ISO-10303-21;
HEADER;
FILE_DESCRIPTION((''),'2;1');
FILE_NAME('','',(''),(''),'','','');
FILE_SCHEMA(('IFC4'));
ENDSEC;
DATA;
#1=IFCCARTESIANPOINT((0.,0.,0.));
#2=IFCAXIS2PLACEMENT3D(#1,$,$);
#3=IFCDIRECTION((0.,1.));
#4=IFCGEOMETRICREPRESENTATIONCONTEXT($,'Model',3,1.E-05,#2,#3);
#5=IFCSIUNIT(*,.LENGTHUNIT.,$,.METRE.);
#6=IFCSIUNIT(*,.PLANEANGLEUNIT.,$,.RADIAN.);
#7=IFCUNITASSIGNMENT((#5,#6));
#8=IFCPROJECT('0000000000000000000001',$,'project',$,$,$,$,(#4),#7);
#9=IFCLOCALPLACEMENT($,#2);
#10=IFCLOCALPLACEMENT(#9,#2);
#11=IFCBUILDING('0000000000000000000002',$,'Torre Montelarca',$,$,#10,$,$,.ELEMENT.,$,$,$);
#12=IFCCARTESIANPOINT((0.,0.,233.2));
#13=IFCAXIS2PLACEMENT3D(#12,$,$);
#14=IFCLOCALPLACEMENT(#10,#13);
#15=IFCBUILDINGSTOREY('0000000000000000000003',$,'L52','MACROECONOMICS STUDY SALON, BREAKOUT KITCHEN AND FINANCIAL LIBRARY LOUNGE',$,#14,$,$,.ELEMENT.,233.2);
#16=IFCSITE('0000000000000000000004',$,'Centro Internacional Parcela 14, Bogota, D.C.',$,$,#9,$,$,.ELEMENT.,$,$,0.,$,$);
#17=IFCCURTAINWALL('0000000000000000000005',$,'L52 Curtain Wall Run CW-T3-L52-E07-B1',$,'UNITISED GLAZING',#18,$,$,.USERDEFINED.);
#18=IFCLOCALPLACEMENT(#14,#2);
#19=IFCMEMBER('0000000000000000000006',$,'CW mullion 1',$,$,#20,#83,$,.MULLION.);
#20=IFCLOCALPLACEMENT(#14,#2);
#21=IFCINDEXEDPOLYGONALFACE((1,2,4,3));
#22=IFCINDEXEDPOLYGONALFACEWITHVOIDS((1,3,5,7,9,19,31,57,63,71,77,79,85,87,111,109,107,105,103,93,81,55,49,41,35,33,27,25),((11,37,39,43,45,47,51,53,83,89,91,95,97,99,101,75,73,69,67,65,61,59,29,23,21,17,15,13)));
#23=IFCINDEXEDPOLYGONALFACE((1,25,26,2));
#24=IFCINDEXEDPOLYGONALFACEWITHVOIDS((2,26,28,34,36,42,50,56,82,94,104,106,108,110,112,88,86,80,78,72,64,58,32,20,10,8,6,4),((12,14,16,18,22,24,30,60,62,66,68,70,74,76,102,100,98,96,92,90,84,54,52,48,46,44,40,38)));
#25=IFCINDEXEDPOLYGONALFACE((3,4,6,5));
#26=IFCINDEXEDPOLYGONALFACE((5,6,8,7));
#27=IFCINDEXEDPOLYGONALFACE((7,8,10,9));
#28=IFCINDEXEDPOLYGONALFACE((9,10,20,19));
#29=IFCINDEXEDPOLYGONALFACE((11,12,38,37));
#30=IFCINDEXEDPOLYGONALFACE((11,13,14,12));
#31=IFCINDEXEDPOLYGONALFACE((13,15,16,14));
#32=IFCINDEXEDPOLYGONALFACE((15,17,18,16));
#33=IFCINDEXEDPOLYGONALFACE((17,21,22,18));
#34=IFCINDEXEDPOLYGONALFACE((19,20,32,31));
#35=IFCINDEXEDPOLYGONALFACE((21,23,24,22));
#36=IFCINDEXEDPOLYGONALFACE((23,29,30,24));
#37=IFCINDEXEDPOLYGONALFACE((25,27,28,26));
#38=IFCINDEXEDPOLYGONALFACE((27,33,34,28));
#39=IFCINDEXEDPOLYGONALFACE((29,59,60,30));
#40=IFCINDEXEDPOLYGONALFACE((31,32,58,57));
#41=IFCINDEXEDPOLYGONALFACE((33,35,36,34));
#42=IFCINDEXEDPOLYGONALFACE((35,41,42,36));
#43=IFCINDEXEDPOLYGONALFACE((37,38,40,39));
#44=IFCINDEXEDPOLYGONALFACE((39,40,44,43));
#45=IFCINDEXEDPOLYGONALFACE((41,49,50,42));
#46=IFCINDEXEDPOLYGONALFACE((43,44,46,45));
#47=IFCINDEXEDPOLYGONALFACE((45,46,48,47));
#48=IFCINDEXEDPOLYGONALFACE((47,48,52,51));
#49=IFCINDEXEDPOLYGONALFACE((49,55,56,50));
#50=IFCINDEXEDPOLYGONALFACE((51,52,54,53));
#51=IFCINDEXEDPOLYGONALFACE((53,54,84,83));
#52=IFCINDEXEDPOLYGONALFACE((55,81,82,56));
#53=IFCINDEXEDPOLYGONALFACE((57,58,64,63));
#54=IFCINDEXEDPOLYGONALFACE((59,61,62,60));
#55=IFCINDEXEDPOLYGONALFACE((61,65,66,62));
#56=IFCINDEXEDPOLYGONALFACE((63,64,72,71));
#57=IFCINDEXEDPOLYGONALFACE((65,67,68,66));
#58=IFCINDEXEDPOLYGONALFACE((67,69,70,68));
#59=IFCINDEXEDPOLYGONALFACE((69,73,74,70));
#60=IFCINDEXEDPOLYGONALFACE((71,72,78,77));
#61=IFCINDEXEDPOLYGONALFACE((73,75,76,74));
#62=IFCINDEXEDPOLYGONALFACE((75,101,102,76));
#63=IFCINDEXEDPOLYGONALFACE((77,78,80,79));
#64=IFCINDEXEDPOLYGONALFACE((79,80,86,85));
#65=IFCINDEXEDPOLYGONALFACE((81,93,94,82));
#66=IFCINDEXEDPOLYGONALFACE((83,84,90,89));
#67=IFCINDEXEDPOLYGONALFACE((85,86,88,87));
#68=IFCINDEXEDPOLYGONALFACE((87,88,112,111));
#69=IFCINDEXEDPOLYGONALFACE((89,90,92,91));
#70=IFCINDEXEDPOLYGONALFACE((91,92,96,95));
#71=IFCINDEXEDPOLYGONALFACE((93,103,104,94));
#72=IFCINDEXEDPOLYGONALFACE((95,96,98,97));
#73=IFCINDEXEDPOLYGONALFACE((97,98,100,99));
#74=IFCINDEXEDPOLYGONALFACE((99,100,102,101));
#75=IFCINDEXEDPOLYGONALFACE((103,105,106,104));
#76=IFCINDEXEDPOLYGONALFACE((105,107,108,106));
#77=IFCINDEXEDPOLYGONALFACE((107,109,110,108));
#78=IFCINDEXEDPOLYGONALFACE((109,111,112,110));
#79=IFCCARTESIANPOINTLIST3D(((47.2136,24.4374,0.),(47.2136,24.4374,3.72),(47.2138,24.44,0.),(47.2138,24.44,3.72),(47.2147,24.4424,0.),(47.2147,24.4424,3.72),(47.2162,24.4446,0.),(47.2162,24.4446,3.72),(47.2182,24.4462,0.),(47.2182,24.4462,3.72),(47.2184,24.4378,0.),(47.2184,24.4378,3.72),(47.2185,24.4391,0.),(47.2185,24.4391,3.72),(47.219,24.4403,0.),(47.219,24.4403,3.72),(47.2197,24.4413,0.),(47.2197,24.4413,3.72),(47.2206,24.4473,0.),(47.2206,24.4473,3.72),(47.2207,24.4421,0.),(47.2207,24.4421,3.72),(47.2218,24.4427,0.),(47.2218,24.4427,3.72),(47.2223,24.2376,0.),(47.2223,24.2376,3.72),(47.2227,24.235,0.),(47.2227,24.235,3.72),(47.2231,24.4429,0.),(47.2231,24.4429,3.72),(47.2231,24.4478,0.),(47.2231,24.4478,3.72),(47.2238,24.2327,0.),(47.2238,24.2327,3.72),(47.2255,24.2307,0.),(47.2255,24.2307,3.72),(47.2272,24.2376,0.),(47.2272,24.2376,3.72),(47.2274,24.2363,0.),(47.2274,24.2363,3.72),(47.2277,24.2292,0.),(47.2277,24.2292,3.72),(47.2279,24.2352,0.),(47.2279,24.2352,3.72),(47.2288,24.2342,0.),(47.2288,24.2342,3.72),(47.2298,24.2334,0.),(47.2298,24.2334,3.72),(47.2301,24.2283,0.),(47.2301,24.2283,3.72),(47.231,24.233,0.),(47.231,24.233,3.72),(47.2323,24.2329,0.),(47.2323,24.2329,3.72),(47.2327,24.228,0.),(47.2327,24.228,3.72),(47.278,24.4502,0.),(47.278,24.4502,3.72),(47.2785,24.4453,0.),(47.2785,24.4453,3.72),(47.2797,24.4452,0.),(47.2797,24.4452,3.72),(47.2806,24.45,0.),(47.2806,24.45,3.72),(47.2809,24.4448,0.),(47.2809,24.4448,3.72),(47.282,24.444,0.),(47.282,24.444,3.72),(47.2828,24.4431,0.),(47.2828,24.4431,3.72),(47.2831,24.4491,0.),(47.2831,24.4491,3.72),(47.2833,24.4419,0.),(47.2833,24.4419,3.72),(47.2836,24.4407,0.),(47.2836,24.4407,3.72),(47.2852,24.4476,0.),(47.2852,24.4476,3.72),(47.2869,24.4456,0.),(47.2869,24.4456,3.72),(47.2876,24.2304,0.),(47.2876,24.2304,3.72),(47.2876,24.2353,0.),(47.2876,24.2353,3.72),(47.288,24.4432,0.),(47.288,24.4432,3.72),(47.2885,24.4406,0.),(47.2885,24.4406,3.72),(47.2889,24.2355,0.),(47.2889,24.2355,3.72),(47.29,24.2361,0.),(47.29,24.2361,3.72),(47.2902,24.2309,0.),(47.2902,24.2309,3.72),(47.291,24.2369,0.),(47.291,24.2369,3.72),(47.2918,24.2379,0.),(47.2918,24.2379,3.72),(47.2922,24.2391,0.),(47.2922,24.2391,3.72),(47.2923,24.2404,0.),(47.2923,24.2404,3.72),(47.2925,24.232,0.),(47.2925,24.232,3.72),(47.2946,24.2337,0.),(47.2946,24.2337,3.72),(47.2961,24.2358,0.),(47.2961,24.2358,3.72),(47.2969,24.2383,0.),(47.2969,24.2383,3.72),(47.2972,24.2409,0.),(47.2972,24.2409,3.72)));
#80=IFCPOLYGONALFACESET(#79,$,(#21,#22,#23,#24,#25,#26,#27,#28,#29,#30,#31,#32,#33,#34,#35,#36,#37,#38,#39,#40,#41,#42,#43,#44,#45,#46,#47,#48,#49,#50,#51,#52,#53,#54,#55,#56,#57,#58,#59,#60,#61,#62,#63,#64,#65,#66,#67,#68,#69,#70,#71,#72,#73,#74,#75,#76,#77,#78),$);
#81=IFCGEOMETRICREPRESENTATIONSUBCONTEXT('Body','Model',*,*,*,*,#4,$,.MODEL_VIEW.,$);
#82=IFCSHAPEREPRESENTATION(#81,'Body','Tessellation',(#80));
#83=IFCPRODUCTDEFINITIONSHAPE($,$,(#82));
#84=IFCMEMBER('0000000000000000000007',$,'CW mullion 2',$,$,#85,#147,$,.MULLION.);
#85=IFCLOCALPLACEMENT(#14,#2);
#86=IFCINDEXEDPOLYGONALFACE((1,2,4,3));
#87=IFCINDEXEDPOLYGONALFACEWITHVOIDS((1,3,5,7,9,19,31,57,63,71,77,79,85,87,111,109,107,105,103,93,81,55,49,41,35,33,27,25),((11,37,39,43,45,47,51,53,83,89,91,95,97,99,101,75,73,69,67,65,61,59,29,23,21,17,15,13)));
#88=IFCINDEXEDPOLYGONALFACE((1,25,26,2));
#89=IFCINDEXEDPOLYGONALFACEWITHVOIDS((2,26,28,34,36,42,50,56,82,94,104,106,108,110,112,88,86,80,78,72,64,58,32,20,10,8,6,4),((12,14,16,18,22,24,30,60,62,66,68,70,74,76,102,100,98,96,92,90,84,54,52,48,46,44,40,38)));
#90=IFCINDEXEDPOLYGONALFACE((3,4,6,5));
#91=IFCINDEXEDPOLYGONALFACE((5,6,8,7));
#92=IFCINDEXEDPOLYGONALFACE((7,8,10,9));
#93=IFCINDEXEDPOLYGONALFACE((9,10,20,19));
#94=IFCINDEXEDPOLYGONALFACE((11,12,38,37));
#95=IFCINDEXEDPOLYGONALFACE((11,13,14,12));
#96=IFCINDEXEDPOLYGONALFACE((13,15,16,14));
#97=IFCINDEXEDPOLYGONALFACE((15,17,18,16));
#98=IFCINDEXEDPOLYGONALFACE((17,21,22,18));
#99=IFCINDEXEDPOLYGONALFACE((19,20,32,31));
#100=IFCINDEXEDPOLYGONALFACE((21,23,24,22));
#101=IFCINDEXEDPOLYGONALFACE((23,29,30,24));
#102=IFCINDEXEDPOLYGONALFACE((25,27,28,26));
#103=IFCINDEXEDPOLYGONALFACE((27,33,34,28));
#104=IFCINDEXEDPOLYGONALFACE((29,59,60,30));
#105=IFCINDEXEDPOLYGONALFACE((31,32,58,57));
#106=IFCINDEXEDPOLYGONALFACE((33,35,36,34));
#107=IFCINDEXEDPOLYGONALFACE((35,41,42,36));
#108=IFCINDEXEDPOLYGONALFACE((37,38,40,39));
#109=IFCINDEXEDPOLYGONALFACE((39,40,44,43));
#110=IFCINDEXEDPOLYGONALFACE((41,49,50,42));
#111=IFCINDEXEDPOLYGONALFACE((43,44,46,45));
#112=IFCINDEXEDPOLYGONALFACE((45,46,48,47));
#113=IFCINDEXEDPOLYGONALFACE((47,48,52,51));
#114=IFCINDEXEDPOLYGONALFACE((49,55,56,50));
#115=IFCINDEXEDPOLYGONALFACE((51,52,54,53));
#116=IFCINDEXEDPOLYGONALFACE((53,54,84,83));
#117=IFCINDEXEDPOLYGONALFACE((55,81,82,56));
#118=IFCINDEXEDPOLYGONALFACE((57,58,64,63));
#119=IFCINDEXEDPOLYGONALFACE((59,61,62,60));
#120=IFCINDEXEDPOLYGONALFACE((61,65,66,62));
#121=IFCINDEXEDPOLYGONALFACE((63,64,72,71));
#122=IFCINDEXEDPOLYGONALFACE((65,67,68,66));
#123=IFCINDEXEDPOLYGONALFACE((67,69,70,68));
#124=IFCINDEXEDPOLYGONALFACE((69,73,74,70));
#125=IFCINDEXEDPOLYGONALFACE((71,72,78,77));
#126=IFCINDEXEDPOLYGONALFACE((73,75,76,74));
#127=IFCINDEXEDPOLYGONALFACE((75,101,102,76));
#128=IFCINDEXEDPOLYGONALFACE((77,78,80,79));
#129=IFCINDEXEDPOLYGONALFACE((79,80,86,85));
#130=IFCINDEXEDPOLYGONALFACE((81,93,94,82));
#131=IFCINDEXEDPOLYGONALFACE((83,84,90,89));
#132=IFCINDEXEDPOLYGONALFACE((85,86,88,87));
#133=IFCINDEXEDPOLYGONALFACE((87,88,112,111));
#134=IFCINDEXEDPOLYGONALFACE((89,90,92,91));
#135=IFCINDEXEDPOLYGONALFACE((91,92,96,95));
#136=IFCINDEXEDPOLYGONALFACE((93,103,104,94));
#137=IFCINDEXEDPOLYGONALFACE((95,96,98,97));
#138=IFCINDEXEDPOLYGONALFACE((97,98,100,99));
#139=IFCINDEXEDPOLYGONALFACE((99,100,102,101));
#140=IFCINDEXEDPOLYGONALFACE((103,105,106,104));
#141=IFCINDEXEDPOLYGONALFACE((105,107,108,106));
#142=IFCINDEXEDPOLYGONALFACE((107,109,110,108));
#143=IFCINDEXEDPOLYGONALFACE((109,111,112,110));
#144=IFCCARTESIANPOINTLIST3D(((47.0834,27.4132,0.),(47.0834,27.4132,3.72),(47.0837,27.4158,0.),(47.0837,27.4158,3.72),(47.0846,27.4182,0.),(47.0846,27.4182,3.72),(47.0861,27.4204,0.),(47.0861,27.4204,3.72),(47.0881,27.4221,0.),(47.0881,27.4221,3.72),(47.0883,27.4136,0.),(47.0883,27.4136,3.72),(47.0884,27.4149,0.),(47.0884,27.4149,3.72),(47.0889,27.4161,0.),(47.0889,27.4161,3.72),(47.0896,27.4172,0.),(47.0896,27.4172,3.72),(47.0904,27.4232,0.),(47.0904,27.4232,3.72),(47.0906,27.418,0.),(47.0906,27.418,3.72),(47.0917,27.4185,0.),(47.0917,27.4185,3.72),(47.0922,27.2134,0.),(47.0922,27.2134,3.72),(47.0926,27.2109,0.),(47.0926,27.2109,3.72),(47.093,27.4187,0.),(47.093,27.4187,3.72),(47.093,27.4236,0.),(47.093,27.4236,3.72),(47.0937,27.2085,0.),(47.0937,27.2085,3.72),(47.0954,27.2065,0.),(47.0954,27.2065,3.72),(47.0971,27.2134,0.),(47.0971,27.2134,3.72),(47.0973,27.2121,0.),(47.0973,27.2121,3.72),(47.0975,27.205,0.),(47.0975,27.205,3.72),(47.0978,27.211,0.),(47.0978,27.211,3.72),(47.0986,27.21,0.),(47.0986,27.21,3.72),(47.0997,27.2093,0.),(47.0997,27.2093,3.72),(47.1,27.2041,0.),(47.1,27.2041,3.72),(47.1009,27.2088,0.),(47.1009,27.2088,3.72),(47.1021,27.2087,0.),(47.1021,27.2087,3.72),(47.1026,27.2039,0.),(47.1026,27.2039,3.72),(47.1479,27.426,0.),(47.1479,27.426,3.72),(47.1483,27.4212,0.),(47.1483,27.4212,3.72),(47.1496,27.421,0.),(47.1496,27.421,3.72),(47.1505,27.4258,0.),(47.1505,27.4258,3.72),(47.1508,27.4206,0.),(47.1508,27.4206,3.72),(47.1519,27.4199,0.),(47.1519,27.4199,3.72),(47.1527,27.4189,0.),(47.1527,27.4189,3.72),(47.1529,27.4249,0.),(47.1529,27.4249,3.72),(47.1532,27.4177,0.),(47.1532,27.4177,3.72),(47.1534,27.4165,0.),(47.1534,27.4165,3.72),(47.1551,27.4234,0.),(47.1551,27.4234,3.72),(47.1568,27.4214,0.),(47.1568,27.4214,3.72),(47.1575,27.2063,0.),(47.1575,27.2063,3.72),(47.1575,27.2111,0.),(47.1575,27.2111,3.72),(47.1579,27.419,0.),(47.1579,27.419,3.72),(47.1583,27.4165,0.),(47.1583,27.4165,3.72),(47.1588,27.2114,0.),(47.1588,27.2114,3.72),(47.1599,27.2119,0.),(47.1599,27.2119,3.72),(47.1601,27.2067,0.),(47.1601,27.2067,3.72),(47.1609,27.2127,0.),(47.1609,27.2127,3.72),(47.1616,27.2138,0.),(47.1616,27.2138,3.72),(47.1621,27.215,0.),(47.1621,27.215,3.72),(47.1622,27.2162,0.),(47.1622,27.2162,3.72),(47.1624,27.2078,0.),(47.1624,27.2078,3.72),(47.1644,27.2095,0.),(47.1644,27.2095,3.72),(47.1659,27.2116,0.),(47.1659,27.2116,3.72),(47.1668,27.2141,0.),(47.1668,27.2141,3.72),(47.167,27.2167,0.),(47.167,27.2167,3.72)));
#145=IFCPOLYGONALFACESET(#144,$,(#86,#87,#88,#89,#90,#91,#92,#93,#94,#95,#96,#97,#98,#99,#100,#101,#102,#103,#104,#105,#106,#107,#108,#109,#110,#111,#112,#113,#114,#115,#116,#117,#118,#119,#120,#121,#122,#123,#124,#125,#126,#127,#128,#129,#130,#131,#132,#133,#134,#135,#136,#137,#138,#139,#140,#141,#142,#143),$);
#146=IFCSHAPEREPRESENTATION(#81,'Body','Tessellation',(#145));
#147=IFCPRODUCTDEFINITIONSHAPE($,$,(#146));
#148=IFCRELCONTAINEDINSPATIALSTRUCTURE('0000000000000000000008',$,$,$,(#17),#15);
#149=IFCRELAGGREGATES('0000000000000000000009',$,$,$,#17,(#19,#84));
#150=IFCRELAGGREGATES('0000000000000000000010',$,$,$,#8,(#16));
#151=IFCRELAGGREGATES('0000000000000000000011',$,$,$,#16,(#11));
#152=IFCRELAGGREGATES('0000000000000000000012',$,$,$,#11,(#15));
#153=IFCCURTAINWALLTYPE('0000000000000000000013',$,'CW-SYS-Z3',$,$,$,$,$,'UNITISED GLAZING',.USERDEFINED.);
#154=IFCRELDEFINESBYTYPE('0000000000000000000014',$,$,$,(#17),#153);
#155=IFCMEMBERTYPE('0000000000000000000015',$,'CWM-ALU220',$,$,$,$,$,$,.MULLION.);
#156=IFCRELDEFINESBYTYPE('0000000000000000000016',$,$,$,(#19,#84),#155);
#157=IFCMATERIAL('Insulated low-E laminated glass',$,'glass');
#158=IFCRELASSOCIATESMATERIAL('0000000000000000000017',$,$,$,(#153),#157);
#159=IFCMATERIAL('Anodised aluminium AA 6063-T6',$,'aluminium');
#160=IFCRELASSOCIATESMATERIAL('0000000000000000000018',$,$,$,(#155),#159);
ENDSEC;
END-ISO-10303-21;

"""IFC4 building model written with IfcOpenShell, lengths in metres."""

from ifc_helpers import new_model, si_unit, direction, frame, origin, origin_2d, place, context, subcontext, project, spatial, hollow_rectangle, extrude, source, transform, mapped, material, material_profile, profile_set, type_object, element, aggregate, save


model = new_model("IFC4")

# Units and contexts
model_context = context("Model", 3, precision=1e-05, world=origin(), true_north=direction((0.0, 1.0)))
body_context = subcontext(model_context, "Body", "Model", "MODEL_VIEW")
ifc_project = project(units=[si_unit("LENGTHUNIT", "METRE"), si_unit("PLANEANGLEUNIT", "RADIAN")], contexts=[model_context])

# Site, building, storey
site_placement = place(None, origin())
site = spatial("IfcSite", under=ifc_project, at=site_placement, Name="Centro Internacional Parcela 14, Bogota, D.C.", CompositionType="ELEMENT", RefElevation=0.0)
building_placement = place(site_placement, origin())
building = spatial("IfcBuilding", under=site, at=building_placement, Name="Torre Montelarca", CompositionType="ELEMENT")
storey_placement = place(building_placement, frame((0.0, 0.0, 233.2)))
storey = spatial("IfcBuildingStorey", under=building, at=storey_placement, Name="L52", Description="MACROECONOMICS STUDY SALON, BREAKOUT KITCHEN AND FINANCIAL LIBRARY LOUNGE", CompositionType="ELEMENT", Elevation=233.2)

# Curtain wall
ifc_material_1 = material(Name="Insulated low-E laminated glass", Category="glass")
curtain_wall_type = type_object("IfcCurtainWallType", Name="CW-SYS-Z3", ElementType="UNITISED GLAZING", PredefinedType="USERDEFINED", material=ifc_material_1)
curtain_wall_1_placement = place(storey_placement, origin())
curtain_wall_1 = element("IfcCurtainWall", 1, at=curtain_wall_1_placement, inside=storey, type_object=curtain_wall_type, Name="L52 Curtain Wall Run CW-T3-L52-E07-B1", ObjectType="UNITISED GLAZING", PredefinedType="USERDEFINED")
ifc_material_2 = material(Name="Anodised aluminium AA 6063-T6", Category="aluminium")

# Shared definitions
ifc_material_profile_1 = material_profile(ifc_material_2, hollow_rectangle(XDim=0.075, YDim=0.22, WallThickness=0.0049, InnerFilletRadius=0.0049, OuterFilletRadius=0.01, at=origin_2d()), Name="ALU75X220X5", Category="aluminium")
ifc_profile_set_1 = profile_set([ifc_material_profile_1], Name="Anodised aluminium AA 6063-T6")
member_type_1 = type_object("IfcMemberType", Name="CWM-ALU220", PredefinedType="MULLION", material=ifc_profile_set_1)
shared_shape_1 = source(origin(), body_context, "Body", "SweptSolid", [
    extrude(hollow_rectangle(XDim=0.075, YDim=0.22, WallThickness=0.0049, InnerFilletRadius=0.0049, OuterFilletRadius=0.01, at=origin_2d()), origin(), (0.0, 0.0, 1.0), 3.72),
])

# Members
member_1_placement = place(storey_placement, frame((47.2554, 24.3391, 0.0), z_axis=(0.0, 0.0, 1.0), x_axis=(-0.999048, -0.043616, 0.0)))
member_1 = element("IfcMember", 2, at=member_1_placement, type_object=member_type_1, Name="CW mullion 1", PredefinedType="MULLION", context=body_context, shape_type="MappedRepresentation", body=[
    mapped(shared_shape_1, transform((0.0, 0.0, 0.0), scale=1.0)),
])
member_2_placement = place(storey_placement, frame((47.1252, 27.3149, 0.0), z_axis=(0.0, 0.0, 1.0), x_axis=(-0.999048, -0.043616, 0.0)))
member_2 = element("IfcMember", 3, at=member_2_placement, type_object=member_type_1, Name="CW mullion 2", PredefinedType="MULLION", context=body_context, shape_type="MappedRepresentation", body=[
    mapped(shared_shape_1, transform((0.0, 0.0, 0.0), scale=1.0)),
])

aggregate(curtain_wall_1, [member_1, member_2])

save(model, "model.ifc")
